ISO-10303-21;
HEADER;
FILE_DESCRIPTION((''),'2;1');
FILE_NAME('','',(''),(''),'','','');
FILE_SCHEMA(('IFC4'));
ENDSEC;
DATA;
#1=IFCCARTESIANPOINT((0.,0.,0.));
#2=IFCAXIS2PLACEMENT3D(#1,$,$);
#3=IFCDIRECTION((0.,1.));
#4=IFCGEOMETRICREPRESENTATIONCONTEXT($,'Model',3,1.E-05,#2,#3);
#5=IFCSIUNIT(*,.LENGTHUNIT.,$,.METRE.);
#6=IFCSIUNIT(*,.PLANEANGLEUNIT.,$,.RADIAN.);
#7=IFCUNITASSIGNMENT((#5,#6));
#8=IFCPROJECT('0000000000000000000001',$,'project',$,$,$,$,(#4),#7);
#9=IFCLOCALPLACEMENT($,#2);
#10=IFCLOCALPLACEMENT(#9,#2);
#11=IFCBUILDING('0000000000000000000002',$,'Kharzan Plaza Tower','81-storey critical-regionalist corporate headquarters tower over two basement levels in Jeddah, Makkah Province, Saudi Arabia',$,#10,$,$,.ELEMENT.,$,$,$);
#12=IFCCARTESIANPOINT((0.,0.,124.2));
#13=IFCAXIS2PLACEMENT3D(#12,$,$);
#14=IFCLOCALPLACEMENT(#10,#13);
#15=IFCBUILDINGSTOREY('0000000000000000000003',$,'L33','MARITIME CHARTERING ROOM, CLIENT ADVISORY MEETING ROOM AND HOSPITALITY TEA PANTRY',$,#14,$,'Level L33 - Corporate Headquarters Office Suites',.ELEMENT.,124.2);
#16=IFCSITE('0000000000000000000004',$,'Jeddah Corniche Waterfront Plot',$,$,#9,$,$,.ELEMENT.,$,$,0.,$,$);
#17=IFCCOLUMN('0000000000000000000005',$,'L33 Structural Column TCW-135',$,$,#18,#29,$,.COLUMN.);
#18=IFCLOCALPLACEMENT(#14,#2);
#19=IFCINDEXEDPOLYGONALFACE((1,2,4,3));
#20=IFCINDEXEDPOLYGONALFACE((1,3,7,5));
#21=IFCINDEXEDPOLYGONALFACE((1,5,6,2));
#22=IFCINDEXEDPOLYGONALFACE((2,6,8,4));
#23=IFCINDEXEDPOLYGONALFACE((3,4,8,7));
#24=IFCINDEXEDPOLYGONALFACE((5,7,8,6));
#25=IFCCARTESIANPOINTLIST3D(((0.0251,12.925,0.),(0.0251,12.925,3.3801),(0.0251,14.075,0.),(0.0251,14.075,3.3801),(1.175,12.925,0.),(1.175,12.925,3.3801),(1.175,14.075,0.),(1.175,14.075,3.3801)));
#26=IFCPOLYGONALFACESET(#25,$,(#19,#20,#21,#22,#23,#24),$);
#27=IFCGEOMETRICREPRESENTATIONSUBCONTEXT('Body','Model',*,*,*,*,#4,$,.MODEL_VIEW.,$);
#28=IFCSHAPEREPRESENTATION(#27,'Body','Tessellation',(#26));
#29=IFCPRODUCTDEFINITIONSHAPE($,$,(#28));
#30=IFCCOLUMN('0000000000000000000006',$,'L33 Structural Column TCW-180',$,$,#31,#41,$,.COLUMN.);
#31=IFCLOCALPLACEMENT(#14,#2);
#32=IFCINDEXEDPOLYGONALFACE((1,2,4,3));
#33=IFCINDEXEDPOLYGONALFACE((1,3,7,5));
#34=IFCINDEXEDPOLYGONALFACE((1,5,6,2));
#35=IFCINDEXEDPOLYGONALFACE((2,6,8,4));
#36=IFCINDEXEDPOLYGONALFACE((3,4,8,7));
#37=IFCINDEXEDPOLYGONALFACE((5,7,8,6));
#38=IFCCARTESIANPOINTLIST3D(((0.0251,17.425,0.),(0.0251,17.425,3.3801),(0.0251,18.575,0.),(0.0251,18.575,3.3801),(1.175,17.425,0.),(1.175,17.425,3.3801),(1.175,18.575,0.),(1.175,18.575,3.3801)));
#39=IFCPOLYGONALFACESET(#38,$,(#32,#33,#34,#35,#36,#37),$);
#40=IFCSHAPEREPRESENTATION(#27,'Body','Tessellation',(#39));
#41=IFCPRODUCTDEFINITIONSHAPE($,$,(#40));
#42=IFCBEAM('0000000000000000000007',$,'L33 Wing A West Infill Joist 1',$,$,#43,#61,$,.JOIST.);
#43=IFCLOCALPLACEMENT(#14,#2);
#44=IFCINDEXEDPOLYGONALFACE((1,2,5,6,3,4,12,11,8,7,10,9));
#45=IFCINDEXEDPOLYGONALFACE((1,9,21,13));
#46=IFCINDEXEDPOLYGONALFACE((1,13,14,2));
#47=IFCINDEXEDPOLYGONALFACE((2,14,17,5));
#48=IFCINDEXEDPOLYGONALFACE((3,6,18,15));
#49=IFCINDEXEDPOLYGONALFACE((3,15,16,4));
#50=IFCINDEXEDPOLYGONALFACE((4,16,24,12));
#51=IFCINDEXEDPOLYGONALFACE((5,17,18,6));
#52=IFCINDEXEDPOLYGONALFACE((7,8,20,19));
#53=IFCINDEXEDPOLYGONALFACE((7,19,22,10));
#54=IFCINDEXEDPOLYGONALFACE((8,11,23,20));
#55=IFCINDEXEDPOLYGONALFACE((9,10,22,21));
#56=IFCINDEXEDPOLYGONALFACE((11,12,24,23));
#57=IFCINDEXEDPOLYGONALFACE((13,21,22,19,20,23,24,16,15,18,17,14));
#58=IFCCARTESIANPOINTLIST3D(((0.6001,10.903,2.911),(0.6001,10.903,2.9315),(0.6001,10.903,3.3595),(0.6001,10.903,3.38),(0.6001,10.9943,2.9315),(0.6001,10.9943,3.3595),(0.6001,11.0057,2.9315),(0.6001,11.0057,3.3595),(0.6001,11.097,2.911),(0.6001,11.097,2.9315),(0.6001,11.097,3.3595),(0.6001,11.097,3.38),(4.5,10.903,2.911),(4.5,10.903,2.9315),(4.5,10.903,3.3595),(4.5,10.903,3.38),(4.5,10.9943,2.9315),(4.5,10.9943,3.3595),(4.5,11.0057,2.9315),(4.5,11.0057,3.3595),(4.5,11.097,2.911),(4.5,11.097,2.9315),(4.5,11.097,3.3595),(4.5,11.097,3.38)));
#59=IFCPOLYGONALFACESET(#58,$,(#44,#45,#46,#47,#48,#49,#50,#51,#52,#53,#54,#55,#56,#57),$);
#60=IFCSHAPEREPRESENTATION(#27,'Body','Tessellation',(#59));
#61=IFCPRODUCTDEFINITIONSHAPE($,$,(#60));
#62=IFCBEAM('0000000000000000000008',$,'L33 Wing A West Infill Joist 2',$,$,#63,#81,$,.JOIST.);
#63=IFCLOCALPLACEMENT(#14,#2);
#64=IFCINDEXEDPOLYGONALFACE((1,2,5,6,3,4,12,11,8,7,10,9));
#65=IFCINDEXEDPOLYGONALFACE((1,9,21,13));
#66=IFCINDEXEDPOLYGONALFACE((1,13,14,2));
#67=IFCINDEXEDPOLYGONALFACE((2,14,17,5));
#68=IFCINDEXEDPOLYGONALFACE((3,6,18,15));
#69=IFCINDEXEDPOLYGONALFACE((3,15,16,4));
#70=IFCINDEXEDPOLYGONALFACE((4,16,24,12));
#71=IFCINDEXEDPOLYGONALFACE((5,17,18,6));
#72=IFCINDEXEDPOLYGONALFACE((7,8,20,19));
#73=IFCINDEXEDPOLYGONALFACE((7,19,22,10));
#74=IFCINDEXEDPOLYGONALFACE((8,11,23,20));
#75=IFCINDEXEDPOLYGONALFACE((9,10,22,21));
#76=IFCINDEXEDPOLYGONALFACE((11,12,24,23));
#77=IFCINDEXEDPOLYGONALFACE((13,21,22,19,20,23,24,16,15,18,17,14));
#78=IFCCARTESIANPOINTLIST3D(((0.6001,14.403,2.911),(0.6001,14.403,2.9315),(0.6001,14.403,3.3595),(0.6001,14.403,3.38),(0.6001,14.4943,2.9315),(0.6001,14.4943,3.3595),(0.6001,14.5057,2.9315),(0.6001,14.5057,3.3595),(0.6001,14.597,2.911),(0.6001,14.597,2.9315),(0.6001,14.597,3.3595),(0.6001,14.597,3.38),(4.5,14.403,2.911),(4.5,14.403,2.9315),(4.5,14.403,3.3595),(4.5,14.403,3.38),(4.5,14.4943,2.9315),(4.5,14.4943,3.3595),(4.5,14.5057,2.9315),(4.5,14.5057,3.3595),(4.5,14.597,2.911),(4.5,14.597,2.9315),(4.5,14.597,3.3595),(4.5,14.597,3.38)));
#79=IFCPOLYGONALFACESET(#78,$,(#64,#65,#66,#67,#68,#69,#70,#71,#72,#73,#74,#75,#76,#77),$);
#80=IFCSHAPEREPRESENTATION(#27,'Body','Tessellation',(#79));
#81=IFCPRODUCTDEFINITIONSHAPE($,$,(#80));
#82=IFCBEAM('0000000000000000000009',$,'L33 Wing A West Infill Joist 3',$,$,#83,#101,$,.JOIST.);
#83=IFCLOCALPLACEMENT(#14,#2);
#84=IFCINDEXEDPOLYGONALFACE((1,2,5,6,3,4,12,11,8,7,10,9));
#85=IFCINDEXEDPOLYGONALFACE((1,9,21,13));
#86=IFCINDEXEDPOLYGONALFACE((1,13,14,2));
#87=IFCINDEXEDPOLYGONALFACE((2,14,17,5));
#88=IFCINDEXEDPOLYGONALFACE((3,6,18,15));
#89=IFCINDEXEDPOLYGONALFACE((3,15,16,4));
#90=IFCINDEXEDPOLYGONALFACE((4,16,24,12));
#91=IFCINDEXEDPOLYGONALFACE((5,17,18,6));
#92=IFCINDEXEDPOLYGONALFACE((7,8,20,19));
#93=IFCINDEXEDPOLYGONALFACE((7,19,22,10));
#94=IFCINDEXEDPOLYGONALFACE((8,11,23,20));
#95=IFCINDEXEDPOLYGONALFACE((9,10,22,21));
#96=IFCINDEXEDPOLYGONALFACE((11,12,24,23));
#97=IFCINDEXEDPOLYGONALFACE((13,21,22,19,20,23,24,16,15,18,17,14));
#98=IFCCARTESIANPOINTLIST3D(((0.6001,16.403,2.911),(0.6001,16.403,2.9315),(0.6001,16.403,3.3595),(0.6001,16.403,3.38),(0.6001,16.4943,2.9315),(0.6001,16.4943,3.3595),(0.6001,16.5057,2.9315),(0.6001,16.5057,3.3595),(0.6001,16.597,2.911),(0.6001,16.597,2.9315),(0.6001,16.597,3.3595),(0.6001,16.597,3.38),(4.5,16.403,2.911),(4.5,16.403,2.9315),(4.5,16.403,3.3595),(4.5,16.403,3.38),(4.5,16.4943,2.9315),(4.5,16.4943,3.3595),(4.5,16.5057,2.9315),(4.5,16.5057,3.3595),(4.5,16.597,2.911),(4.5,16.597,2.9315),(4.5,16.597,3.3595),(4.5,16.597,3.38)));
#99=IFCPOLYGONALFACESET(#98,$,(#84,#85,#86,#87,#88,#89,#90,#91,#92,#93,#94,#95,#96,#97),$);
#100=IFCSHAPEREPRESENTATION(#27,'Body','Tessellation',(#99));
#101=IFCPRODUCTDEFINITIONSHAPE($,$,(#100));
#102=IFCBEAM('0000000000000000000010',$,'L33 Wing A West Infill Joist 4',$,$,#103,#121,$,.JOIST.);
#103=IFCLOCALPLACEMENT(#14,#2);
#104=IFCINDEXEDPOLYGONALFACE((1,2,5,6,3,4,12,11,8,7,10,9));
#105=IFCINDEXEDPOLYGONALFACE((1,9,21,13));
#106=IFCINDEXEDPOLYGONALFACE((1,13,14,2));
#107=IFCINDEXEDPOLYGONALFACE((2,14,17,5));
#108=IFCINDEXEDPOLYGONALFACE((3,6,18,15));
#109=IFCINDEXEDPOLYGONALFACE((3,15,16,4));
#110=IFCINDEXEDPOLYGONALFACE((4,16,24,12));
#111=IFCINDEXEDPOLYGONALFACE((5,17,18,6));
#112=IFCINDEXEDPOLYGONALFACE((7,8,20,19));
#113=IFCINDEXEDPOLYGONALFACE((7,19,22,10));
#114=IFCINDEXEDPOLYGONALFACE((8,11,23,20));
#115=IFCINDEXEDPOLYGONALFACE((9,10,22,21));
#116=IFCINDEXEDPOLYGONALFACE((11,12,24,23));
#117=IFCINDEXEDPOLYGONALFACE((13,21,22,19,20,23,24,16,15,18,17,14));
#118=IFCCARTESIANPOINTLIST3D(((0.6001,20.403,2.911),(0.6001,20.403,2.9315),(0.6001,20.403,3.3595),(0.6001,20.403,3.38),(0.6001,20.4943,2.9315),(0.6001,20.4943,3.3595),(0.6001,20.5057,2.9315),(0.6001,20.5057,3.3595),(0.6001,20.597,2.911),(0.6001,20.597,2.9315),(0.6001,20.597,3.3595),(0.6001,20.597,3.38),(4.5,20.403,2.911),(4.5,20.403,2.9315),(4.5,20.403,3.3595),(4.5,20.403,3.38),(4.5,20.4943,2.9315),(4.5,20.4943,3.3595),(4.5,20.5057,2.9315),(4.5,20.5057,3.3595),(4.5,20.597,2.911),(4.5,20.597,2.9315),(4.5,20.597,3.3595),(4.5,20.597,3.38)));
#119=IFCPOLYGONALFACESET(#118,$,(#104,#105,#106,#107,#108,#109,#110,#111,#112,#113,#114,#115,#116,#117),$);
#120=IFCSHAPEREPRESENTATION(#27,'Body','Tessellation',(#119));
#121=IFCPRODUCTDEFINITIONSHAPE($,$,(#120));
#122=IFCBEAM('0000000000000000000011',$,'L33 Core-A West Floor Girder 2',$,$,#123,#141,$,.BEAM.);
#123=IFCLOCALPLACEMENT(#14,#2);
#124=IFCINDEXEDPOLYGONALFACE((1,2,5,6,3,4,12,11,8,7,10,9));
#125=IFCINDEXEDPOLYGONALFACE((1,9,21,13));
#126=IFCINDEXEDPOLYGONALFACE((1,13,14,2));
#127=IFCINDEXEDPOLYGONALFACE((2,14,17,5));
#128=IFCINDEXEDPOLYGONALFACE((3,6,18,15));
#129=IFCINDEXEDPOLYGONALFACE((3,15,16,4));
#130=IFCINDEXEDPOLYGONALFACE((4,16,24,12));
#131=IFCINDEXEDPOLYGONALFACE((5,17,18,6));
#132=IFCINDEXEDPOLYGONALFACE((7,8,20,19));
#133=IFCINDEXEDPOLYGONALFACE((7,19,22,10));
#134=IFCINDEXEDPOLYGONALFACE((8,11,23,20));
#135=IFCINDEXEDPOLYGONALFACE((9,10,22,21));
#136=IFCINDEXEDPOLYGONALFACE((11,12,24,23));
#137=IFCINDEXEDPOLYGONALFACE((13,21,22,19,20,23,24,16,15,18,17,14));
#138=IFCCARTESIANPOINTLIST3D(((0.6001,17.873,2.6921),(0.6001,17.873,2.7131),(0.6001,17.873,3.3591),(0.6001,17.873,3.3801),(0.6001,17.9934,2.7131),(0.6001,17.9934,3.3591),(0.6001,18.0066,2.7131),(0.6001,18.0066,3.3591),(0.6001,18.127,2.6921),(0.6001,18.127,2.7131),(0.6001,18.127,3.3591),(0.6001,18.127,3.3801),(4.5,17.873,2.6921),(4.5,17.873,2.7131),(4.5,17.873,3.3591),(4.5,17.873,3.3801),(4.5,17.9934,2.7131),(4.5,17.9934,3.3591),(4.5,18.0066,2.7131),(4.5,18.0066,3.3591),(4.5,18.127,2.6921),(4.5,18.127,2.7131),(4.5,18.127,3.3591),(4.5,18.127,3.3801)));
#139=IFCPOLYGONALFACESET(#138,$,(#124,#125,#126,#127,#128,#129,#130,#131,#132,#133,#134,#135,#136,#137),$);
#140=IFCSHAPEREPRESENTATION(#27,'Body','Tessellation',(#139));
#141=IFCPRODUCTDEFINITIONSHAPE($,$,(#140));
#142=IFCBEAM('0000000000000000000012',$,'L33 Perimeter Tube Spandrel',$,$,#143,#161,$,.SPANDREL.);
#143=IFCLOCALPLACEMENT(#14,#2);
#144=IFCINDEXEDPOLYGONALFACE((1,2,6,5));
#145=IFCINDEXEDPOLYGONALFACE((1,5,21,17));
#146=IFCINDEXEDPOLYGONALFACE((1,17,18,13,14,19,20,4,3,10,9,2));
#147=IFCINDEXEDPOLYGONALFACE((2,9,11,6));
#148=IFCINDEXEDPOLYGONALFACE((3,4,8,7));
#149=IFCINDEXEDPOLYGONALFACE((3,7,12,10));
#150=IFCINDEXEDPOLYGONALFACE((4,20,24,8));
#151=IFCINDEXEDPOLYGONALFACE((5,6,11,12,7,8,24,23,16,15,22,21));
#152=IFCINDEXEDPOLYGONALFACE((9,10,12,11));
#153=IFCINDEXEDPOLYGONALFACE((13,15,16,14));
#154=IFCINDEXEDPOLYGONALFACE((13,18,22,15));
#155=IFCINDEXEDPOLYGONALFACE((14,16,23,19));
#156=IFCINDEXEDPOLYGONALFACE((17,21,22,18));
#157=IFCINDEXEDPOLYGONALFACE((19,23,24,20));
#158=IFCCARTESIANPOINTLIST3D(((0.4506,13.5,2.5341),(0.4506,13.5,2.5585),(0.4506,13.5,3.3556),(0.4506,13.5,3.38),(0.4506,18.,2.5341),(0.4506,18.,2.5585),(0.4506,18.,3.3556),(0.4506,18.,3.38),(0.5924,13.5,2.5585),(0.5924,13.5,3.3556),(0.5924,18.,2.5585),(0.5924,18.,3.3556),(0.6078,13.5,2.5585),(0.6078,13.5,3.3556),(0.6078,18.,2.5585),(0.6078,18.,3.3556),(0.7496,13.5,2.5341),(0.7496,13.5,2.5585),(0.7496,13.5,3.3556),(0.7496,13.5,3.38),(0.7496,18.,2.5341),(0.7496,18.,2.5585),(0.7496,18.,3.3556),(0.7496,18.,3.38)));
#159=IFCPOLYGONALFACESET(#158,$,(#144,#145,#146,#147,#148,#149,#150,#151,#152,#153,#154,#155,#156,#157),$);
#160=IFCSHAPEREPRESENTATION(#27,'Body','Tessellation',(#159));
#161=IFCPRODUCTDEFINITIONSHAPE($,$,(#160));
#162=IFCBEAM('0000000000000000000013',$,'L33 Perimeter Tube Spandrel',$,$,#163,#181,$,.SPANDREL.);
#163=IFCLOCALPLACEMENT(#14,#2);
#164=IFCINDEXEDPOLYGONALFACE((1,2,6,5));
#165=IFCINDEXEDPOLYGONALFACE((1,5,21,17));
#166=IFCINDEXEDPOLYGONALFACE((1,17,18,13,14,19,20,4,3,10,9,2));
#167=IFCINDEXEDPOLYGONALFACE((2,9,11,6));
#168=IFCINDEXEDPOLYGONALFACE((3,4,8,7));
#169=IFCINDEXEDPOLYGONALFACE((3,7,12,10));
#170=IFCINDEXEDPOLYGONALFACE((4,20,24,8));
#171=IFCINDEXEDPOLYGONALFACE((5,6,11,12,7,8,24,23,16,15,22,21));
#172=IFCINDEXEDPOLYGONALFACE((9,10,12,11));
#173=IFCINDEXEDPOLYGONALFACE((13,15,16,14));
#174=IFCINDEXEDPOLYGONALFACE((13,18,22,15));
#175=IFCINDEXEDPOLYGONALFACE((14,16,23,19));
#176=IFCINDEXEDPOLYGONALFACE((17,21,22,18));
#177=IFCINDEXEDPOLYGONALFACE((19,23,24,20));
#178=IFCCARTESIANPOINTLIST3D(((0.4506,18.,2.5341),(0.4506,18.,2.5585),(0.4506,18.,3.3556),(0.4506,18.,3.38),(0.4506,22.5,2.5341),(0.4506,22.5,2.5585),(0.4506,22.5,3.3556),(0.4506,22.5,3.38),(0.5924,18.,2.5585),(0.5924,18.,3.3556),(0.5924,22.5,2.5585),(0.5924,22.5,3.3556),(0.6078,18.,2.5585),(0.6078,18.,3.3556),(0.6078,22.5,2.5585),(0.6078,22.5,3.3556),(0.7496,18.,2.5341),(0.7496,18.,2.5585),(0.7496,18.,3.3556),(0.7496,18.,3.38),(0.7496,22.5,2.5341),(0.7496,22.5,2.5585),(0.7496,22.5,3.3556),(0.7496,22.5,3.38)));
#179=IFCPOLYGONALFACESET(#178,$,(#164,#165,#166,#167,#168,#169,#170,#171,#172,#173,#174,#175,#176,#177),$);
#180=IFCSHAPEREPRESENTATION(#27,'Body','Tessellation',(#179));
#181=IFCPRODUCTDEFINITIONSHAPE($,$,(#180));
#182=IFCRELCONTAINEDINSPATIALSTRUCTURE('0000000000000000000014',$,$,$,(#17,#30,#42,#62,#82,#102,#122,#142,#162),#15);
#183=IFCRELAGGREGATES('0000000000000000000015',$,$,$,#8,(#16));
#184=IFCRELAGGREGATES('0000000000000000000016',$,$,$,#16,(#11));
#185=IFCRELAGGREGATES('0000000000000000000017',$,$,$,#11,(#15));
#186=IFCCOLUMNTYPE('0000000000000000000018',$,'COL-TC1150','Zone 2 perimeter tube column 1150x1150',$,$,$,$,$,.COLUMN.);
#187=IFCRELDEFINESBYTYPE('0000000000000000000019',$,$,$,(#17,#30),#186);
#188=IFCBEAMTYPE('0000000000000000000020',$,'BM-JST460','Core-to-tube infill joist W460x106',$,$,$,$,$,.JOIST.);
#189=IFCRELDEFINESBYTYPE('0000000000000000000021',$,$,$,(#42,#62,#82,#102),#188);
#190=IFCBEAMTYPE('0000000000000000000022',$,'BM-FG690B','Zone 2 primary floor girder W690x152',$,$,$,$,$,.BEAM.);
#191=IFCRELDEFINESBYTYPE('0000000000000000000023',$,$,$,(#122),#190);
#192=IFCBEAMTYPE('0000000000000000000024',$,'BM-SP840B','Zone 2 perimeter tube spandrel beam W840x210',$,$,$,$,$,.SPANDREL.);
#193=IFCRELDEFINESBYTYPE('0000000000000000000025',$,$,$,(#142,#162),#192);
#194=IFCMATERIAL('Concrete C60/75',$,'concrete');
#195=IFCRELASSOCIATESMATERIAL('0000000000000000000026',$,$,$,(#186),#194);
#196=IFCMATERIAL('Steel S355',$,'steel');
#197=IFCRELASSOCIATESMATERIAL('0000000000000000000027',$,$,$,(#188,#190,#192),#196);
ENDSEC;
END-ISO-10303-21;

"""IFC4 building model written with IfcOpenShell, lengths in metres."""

from ifc_helpers import new_model, si_unit, direction, frame, origin, origin_2d, place, context, subcontext, project, spatial, rectangle, i_section, extrude, source, transform, mapped, material, material_profile, profile_set, type_object, element, save


model = new_model("IFC4")

# Units and contexts
model_context = context("Model", 3, precision=1e-05, world=origin(), true_north=direction((0.0, 1.0)))
body_context = subcontext(model_context, "Body", "Model", "MODEL_VIEW")
ifc_project = project(units=[si_unit("LENGTHUNIT", "METRE"), si_unit("PLANEANGLEUNIT", "RADIAN")], contexts=[model_context])

# Site, building, storey
site_placement = place(None, origin())
site = spatial("IfcSite", under=ifc_project, at=site_placement, Name="Jeddah Corniche Waterfront Plot", CompositionType="ELEMENT", RefElevation=0.0)
building_placement = place(site_placement, origin())
building = spatial("IfcBuilding", under=site, at=building_placement, Name="Kharzan Plaza Tower", Description="81-storey critical-regionalist corporate headquarters tower over two basement levels in Jeddah, Makkah Province, Saudi Arabia", CompositionType="ELEMENT")
storey_placement = place(building_placement, frame((0.0, 0.0, 124.2)))
storey = spatial("IfcBuildingStorey", under=building, at=storey_placement, Name="L33", Description="MARITIME CHARTERING ROOM, CLIENT ADVISORY MEETING ROOM AND HOSPITALITY TEA PANTRY", LongName="Level L33 - Corporate Headquarters Office Suites", CompositionType="ELEMENT", Elevation=124.2)

# Columns
ifc_material_1 = material(Name="Concrete C60/75", Category="concrete")
ifc_material_profile_1 = material_profile(ifc_material_1, rectangle(XDim=1.1499, YDim=1.1499, at=origin_2d()), Name="RC-TC1150x1150")
ifc_profile_set_1 = profile_set([ifc_material_profile_1], Name="Concrete C60/75")
column_type = type_object("IfcColumnType", Name="COL-TC1150", Description="Zone 2 perimeter tube column 1150x1150", PredefinedType="COLUMN", material=ifc_profile_set_1)
shared_shape_1 = source(origin(), body_context, "Body", "SweptSolid", [
    extrude(rectangle(XDim=1.1499, YDim=1.1499, at=origin_2d()), origin(), (0.0, 0.0, 1.0), 3.3801),
])
for number, where, z_axis, x_axis, name in (
    (1, (0.6001, 13.5, 0.0), (0.0, 0.0, 1.0), (1.0, 0.0, 0.0), "L33 Structural Column TCW-135"),
    (2, (0.6001, 18.0, 0.0), (0.0, 0.0, 1.0), (1.0, 0.0, 0.0), "L33 Structural Column TCW-180"),
):
    element("IfcColumn", number, at=place(storey_placement, frame(where, z_axis=z_axis, x_axis=x_axis)), inside=storey, type_object=column_type, Name=name, PredefinedType="COLUMN", context=body_context, shape_type="MappedRepresentation", body=[
        mapped(shared_shape_1, transform((0.0, 0.0, 0.0), x_axis=(1.0, 0.0, 0.0), y_axis=(0.0, 1.0, 0.0), z_axis=(0.0, 0.0, 1.0))),
    ])

# Beams
ifc_material_2 = material(Name="Steel S355", Category="steel")
ifc_material_profile_2 = material_profile(ifc_material_2, i_section(OverallWidth=0.1941, OverallDepth=0.469, WebThickness=0.0115, FlangeThickness=0.0205, at=origin_2d()), Name="W460x106")
ifc_profile_set_2 = profile_set([ifc_material_profile_2], Name="Steel S355")
beam_type_1 = type_object("IfcBeamType", Name="BM-JST460", Description="Core-to-tube infill joist W460x106", PredefinedType="JOIST", material=ifc_profile_set_2)
shared_shape_2 = source(origin(), body_context, "Body", "SweptSolid", [
    extrude(i_section(OverallWidth=0.1941, OverallDepth=0.469, WebThickness=0.0115, FlangeThickness=0.0205, at=origin_2d()), origin(), (0.0, 0.0, 1.0), 3.8999),
])
for number, where, z_axis, x_axis, name in (
    (3, (0.6001, 11.0, 3.1455), (1.0, 0.0, 0.0), (0.0, 1.0, 0.0), "L33 Wing A West Infill Joist 1"),
    (4, (0.6001, 14.5, 3.1455), (1.0, 0.0, 0.0), (0.0, 1.0, 0.0), "L33 Wing A West Infill Joist 2"),
    (5, (0.6001, 16.5, 3.1455), (1.0, 0.0, 0.0), (0.0, 1.0, 0.0), "L33 Wing A West Infill Joist 3"),
    (6, (0.6001, 20.5, 3.1455), (1.0, 0.0, 0.0), (0.0, 1.0, 0.0), "L33 Wing A West Infill Joist 4"),
):
    element("IfcBeam", number, at=place(storey_placement, frame(where, z_axis=z_axis, x_axis=x_axis)), inside=storey, type_object=beam_type_1, Name=name, PredefinedType="JOIST", context=body_context, shape_type="MappedRepresentation", body=[
        mapped(shared_shape_2, transform((0.0, 0.0, 0.0), x_axis=(1.0, 0.0, 0.0), y_axis=(0.0, 1.0, 0.0), z_axis=(0.0, 0.0, 1.0))),
    ])
ifc_material_profile_3 = material_profile(ifc_material_2, i_section(OverallWidth=0.2539, OverallDepth=0.688, WebThickness=0.0132, FlangeThickness=0.021, at=origin_2d()), Name="W690x152")
ifc_profile_set_3 = profile_set([ifc_material_profile_3], Name="Steel S355")
beam_type_2 = type_object("IfcBeamType", Name="BM-FG690B", Description="Zone 2 primary floor girder W690x152", PredefinedType="BEAM", material=ifc_profile_set_3)
shared_shape_3 = source(origin(), body_context, "Body", "SweptSolid", [
    extrude(i_section(OverallWidth=0.2539, OverallDepth=0.688, WebThickness=0.0132, FlangeThickness=0.021, at=origin_2d()), origin(), (0.0, 0.0, 1.0), 3.8999),
])
beam_placement = place(storey_placement, frame((0.6001, 18.0, 3.0361), z_axis=(1.0, 0.0, 0.0), x_axis=(0.0, 1.0, 0.0)))
element("IfcBeam", 7, at=beam_placement, inside=storey, type_object=beam_type_2, Name="L33 Core-A West Floor Girder 2", PredefinedType="BEAM", context=body_context, shape_type="MappedRepresentation", body=[
    mapped(shared_shape_3, transform((0.0, 0.0, 0.0), x_axis=(1.0, 0.0, 0.0), y_axis=(0.0, 1.0, 0.0), z_axis=(0.0, 0.0, 1.0))),
])
ifc_material_profile_4 = material_profile(ifc_material_2, i_section(OverallWidth=0.2991, OverallDepth=0.8459, WebThickness=0.0154, FlangeThickness=0.0244, at=origin_2d()), Name="W840x210")
ifc_profile_set_4 = profile_set([ifc_material_profile_4], Name="Steel S355")
beam_type_3 = type_object("IfcBeamType", Name="BM-SP840B", Description="Zone 2 perimeter tube spandrel beam W840x210", PredefinedType="SPANDREL", material=ifc_profile_set_4)
shared_shape_4 = source(origin(), body_context, "Body", "SweptSolid", [
    extrude(i_section(OverallWidth=0.2991, OverallDepth=0.8459, WebThickness=0.0154, FlangeThickness=0.0244, at=origin_2d()), origin(), (0.0, 0.0, 1.0), 4.5),
])
for number, where, z_axis, x_axis, name in (
    (8, (0.6001, 13.5, 2.957), (0.0, 1.0, 0.0), (-1.0, 0.0, 0.0), "L33 Perimeter Tube Spandrel"),
    (9, (0.6001, 18.0, 2.957), (0.0, 1.0, 0.0), (-1.0, 0.0, 0.0), "L33 Perimeter Tube Spandrel"),
):
    element("IfcBeam", number, at=place(storey_placement, frame(where, z_axis=z_axis, x_axis=x_axis)), inside=storey, type_object=beam_type_3, Name=name, PredefinedType="SPANDREL", context=body_context, shape_type="MappedRepresentation", body=[
        mapped(shared_shape_4, transform((0.0, 0.0, 0.0), x_axis=(1.0, 0.0, 0.0), y_axis=(0.0, 1.0, 0.0), z_axis=(0.0, 0.0, 1.0))),
    ])

save(model, "model.ifc")
